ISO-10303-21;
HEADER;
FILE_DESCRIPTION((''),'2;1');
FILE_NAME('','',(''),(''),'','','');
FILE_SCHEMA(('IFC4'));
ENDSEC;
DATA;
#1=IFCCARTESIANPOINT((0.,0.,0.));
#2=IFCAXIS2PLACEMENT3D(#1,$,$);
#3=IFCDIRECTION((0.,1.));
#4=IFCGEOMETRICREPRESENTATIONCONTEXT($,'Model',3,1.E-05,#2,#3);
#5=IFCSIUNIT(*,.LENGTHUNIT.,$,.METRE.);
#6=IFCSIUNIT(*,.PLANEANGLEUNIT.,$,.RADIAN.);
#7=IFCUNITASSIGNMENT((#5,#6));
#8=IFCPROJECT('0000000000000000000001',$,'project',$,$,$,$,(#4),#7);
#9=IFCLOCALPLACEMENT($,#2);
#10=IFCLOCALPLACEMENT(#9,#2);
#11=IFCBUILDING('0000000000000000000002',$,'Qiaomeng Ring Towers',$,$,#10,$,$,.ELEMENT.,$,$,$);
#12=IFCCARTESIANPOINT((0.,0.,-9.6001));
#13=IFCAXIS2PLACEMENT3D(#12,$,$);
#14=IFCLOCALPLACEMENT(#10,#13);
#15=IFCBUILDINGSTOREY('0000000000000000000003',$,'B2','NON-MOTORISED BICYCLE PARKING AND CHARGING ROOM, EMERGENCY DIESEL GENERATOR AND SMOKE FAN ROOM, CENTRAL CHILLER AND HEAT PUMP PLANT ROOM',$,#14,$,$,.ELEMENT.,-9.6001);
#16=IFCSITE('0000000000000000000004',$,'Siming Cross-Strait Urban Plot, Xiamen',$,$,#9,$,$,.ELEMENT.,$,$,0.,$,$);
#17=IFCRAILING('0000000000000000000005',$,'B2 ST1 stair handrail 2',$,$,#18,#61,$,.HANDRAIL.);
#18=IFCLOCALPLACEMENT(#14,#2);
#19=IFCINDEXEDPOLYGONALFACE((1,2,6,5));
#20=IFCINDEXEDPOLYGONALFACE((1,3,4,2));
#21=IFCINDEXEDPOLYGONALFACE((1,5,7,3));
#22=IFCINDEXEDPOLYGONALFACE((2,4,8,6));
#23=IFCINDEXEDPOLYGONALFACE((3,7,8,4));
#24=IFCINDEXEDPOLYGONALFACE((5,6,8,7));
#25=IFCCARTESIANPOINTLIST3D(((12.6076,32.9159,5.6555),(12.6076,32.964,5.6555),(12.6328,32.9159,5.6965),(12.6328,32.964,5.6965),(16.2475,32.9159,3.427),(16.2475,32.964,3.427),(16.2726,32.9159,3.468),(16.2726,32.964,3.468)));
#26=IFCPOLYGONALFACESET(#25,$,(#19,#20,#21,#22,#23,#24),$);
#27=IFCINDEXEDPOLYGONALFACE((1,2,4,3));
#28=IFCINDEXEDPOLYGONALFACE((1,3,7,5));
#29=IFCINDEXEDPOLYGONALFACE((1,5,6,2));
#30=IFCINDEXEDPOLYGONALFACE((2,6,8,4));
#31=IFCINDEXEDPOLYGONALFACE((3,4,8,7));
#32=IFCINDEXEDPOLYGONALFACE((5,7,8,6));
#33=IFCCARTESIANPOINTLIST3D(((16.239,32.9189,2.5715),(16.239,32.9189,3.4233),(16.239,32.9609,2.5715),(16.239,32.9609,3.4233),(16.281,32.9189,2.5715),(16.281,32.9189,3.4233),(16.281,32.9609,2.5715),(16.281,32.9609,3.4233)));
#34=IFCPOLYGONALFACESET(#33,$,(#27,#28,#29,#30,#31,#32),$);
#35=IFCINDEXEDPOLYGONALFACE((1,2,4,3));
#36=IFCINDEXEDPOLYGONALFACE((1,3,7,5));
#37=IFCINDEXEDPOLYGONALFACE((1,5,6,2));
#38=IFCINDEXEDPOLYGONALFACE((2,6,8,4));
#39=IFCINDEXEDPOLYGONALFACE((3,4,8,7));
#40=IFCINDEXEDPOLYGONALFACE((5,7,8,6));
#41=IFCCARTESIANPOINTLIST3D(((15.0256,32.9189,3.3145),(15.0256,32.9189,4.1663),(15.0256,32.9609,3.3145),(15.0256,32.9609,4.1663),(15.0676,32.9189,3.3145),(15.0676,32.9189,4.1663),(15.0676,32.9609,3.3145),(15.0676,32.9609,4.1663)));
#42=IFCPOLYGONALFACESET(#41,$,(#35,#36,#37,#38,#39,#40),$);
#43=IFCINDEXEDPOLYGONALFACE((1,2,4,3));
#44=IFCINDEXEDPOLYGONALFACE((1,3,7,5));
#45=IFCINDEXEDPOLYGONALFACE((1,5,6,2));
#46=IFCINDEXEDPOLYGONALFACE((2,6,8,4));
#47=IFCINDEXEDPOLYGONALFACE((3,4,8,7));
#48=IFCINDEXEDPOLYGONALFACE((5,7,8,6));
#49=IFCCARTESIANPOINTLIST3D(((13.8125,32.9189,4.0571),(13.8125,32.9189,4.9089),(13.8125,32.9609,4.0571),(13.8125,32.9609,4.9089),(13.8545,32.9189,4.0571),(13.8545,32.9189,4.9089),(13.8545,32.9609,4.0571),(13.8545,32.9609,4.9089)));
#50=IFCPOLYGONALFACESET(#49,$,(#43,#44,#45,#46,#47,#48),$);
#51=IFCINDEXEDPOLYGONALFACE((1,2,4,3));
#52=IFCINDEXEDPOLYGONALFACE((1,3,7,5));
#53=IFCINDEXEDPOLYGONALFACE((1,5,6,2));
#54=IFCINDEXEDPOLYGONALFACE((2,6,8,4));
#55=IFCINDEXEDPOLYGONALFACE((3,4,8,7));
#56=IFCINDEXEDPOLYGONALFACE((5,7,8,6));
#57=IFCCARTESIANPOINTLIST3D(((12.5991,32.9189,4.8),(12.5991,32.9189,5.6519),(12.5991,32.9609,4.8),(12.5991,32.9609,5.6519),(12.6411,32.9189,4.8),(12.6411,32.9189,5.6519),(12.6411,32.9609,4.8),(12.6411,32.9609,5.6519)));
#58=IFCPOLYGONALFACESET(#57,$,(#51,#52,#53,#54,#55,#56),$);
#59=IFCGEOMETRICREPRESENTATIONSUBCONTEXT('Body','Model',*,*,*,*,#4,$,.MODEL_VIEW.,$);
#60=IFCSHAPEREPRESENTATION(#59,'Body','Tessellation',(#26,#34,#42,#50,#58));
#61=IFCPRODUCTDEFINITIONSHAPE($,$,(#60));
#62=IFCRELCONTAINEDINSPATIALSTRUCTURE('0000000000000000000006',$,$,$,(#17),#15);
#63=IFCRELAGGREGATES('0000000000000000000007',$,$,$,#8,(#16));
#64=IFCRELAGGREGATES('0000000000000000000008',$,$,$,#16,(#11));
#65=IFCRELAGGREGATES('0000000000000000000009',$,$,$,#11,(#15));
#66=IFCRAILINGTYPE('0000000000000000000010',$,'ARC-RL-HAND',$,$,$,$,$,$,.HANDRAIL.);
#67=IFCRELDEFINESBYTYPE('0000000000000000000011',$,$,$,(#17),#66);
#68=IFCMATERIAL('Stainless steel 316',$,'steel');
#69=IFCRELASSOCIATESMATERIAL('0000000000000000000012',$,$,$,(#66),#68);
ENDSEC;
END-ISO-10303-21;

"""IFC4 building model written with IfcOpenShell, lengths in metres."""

from ifc_helpers import new_model, si_unit, direction, frame, origin, origin_2d, place, context, subcontext, project, spatial, rectangle, extrude, material, type_object, element, save


model = new_model("IFC4")

# Units and contexts
model_context = context("Model", 3, precision=1e-05, world=origin(), true_north=direction((0.0, 1.0)))
body_context = subcontext(model_context, "Body", "Model", "MODEL_VIEW")
ifc_project = project(units=[si_unit("LENGTHUNIT", "METRE"), si_unit("PLANEANGLEUNIT", "RADIAN")], contexts=[model_context])

# Site, building, storey
site_placement = place(None, origin())
site = spatial("IfcSite", under=ifc_project, at=site_placement, Name="Siming Cross-Strait Urban Plot, Xiamen", CompositionType="ELEMENT", RefElevation=0.0)
building_placement = place(site_placement, origin())
building = spatial("IfcBuilding", under=site, at=building_placement, Name="Qiaomeng Ring Towers", CompositionType="ELEMENT")
storey_placement = place(building_placement, frame((0.0, 0.0, -9.6001)))
storey = spatial("IfcBuildingStorey", under=building, at=storey_placement, Name="B2", Description="NON-MOTORISED BICYCLE PARKING AND CHARGING ROOM, EMERGENCY DIESEL GENERATOR AND SMOKE FAN ROOM, CENTRAL CHILLER AND HEAT PUMP PLANT ROOM", CompositionType="ELEMENT", Elevation=-9.6001)

# Railing
ifc_material_1 = material(Name="Stainless steel 316", Category="steel")
railing_type_1 = type_object("IfcRailingType", Name="ARC-RL-HAND", PredefinedType="HANDRAIL", material=ifc_material_1)
railing_1_placement = place(storey_placement, frame((16.26, 32.9399, 2.5715)))
element("IfcRailing", 1, at=railing_1_placement, inside=storey, type_object=railing_type_1, Name="B2 ST1 stair handrail 2", PredefinedType="HANDRAIL", context=body_context, shape_type="SweptSolid", body=[
    extrude(rectangle(XDim=0.0481, YDim=0.0481, at=origin_2d()), frame((0.0, 0.0, 0.876), z_axis=(-0.85285, 0.0, 0.522156), x_axis=(0.0, -1.0, 0.0)), (0.0, 0.0, 1.0), 4.2678),
    extrude(rectangle(XDim=0.042, YDim=0.042, at=origin_2d()), origin(), (0.0, 0.0, 1.0), 0.8518),
    extrude(rectangle(XDim=0.042, YDim=0.042, at=origin_2d()), frame((-1.2134, 0.0, 0.7429)), (0.0, 0.0, 1.0), 0.8518),
    extrude(rectangle(XDim=0.042, YDim=0.042, at=origin_2d()), frame((-2.4265, 0.0, 1.4856)), (0.0, 0.0, 1.0), 0.8518),
    extrude(rectangle(XDim=0.042, YDim=0.042, at=origin_2d()), frame((-3.6399, 0.0, 2.2285)), (0.0, 0.0, 1.0), 0.8518),
])

save(model, "model.ifc")
